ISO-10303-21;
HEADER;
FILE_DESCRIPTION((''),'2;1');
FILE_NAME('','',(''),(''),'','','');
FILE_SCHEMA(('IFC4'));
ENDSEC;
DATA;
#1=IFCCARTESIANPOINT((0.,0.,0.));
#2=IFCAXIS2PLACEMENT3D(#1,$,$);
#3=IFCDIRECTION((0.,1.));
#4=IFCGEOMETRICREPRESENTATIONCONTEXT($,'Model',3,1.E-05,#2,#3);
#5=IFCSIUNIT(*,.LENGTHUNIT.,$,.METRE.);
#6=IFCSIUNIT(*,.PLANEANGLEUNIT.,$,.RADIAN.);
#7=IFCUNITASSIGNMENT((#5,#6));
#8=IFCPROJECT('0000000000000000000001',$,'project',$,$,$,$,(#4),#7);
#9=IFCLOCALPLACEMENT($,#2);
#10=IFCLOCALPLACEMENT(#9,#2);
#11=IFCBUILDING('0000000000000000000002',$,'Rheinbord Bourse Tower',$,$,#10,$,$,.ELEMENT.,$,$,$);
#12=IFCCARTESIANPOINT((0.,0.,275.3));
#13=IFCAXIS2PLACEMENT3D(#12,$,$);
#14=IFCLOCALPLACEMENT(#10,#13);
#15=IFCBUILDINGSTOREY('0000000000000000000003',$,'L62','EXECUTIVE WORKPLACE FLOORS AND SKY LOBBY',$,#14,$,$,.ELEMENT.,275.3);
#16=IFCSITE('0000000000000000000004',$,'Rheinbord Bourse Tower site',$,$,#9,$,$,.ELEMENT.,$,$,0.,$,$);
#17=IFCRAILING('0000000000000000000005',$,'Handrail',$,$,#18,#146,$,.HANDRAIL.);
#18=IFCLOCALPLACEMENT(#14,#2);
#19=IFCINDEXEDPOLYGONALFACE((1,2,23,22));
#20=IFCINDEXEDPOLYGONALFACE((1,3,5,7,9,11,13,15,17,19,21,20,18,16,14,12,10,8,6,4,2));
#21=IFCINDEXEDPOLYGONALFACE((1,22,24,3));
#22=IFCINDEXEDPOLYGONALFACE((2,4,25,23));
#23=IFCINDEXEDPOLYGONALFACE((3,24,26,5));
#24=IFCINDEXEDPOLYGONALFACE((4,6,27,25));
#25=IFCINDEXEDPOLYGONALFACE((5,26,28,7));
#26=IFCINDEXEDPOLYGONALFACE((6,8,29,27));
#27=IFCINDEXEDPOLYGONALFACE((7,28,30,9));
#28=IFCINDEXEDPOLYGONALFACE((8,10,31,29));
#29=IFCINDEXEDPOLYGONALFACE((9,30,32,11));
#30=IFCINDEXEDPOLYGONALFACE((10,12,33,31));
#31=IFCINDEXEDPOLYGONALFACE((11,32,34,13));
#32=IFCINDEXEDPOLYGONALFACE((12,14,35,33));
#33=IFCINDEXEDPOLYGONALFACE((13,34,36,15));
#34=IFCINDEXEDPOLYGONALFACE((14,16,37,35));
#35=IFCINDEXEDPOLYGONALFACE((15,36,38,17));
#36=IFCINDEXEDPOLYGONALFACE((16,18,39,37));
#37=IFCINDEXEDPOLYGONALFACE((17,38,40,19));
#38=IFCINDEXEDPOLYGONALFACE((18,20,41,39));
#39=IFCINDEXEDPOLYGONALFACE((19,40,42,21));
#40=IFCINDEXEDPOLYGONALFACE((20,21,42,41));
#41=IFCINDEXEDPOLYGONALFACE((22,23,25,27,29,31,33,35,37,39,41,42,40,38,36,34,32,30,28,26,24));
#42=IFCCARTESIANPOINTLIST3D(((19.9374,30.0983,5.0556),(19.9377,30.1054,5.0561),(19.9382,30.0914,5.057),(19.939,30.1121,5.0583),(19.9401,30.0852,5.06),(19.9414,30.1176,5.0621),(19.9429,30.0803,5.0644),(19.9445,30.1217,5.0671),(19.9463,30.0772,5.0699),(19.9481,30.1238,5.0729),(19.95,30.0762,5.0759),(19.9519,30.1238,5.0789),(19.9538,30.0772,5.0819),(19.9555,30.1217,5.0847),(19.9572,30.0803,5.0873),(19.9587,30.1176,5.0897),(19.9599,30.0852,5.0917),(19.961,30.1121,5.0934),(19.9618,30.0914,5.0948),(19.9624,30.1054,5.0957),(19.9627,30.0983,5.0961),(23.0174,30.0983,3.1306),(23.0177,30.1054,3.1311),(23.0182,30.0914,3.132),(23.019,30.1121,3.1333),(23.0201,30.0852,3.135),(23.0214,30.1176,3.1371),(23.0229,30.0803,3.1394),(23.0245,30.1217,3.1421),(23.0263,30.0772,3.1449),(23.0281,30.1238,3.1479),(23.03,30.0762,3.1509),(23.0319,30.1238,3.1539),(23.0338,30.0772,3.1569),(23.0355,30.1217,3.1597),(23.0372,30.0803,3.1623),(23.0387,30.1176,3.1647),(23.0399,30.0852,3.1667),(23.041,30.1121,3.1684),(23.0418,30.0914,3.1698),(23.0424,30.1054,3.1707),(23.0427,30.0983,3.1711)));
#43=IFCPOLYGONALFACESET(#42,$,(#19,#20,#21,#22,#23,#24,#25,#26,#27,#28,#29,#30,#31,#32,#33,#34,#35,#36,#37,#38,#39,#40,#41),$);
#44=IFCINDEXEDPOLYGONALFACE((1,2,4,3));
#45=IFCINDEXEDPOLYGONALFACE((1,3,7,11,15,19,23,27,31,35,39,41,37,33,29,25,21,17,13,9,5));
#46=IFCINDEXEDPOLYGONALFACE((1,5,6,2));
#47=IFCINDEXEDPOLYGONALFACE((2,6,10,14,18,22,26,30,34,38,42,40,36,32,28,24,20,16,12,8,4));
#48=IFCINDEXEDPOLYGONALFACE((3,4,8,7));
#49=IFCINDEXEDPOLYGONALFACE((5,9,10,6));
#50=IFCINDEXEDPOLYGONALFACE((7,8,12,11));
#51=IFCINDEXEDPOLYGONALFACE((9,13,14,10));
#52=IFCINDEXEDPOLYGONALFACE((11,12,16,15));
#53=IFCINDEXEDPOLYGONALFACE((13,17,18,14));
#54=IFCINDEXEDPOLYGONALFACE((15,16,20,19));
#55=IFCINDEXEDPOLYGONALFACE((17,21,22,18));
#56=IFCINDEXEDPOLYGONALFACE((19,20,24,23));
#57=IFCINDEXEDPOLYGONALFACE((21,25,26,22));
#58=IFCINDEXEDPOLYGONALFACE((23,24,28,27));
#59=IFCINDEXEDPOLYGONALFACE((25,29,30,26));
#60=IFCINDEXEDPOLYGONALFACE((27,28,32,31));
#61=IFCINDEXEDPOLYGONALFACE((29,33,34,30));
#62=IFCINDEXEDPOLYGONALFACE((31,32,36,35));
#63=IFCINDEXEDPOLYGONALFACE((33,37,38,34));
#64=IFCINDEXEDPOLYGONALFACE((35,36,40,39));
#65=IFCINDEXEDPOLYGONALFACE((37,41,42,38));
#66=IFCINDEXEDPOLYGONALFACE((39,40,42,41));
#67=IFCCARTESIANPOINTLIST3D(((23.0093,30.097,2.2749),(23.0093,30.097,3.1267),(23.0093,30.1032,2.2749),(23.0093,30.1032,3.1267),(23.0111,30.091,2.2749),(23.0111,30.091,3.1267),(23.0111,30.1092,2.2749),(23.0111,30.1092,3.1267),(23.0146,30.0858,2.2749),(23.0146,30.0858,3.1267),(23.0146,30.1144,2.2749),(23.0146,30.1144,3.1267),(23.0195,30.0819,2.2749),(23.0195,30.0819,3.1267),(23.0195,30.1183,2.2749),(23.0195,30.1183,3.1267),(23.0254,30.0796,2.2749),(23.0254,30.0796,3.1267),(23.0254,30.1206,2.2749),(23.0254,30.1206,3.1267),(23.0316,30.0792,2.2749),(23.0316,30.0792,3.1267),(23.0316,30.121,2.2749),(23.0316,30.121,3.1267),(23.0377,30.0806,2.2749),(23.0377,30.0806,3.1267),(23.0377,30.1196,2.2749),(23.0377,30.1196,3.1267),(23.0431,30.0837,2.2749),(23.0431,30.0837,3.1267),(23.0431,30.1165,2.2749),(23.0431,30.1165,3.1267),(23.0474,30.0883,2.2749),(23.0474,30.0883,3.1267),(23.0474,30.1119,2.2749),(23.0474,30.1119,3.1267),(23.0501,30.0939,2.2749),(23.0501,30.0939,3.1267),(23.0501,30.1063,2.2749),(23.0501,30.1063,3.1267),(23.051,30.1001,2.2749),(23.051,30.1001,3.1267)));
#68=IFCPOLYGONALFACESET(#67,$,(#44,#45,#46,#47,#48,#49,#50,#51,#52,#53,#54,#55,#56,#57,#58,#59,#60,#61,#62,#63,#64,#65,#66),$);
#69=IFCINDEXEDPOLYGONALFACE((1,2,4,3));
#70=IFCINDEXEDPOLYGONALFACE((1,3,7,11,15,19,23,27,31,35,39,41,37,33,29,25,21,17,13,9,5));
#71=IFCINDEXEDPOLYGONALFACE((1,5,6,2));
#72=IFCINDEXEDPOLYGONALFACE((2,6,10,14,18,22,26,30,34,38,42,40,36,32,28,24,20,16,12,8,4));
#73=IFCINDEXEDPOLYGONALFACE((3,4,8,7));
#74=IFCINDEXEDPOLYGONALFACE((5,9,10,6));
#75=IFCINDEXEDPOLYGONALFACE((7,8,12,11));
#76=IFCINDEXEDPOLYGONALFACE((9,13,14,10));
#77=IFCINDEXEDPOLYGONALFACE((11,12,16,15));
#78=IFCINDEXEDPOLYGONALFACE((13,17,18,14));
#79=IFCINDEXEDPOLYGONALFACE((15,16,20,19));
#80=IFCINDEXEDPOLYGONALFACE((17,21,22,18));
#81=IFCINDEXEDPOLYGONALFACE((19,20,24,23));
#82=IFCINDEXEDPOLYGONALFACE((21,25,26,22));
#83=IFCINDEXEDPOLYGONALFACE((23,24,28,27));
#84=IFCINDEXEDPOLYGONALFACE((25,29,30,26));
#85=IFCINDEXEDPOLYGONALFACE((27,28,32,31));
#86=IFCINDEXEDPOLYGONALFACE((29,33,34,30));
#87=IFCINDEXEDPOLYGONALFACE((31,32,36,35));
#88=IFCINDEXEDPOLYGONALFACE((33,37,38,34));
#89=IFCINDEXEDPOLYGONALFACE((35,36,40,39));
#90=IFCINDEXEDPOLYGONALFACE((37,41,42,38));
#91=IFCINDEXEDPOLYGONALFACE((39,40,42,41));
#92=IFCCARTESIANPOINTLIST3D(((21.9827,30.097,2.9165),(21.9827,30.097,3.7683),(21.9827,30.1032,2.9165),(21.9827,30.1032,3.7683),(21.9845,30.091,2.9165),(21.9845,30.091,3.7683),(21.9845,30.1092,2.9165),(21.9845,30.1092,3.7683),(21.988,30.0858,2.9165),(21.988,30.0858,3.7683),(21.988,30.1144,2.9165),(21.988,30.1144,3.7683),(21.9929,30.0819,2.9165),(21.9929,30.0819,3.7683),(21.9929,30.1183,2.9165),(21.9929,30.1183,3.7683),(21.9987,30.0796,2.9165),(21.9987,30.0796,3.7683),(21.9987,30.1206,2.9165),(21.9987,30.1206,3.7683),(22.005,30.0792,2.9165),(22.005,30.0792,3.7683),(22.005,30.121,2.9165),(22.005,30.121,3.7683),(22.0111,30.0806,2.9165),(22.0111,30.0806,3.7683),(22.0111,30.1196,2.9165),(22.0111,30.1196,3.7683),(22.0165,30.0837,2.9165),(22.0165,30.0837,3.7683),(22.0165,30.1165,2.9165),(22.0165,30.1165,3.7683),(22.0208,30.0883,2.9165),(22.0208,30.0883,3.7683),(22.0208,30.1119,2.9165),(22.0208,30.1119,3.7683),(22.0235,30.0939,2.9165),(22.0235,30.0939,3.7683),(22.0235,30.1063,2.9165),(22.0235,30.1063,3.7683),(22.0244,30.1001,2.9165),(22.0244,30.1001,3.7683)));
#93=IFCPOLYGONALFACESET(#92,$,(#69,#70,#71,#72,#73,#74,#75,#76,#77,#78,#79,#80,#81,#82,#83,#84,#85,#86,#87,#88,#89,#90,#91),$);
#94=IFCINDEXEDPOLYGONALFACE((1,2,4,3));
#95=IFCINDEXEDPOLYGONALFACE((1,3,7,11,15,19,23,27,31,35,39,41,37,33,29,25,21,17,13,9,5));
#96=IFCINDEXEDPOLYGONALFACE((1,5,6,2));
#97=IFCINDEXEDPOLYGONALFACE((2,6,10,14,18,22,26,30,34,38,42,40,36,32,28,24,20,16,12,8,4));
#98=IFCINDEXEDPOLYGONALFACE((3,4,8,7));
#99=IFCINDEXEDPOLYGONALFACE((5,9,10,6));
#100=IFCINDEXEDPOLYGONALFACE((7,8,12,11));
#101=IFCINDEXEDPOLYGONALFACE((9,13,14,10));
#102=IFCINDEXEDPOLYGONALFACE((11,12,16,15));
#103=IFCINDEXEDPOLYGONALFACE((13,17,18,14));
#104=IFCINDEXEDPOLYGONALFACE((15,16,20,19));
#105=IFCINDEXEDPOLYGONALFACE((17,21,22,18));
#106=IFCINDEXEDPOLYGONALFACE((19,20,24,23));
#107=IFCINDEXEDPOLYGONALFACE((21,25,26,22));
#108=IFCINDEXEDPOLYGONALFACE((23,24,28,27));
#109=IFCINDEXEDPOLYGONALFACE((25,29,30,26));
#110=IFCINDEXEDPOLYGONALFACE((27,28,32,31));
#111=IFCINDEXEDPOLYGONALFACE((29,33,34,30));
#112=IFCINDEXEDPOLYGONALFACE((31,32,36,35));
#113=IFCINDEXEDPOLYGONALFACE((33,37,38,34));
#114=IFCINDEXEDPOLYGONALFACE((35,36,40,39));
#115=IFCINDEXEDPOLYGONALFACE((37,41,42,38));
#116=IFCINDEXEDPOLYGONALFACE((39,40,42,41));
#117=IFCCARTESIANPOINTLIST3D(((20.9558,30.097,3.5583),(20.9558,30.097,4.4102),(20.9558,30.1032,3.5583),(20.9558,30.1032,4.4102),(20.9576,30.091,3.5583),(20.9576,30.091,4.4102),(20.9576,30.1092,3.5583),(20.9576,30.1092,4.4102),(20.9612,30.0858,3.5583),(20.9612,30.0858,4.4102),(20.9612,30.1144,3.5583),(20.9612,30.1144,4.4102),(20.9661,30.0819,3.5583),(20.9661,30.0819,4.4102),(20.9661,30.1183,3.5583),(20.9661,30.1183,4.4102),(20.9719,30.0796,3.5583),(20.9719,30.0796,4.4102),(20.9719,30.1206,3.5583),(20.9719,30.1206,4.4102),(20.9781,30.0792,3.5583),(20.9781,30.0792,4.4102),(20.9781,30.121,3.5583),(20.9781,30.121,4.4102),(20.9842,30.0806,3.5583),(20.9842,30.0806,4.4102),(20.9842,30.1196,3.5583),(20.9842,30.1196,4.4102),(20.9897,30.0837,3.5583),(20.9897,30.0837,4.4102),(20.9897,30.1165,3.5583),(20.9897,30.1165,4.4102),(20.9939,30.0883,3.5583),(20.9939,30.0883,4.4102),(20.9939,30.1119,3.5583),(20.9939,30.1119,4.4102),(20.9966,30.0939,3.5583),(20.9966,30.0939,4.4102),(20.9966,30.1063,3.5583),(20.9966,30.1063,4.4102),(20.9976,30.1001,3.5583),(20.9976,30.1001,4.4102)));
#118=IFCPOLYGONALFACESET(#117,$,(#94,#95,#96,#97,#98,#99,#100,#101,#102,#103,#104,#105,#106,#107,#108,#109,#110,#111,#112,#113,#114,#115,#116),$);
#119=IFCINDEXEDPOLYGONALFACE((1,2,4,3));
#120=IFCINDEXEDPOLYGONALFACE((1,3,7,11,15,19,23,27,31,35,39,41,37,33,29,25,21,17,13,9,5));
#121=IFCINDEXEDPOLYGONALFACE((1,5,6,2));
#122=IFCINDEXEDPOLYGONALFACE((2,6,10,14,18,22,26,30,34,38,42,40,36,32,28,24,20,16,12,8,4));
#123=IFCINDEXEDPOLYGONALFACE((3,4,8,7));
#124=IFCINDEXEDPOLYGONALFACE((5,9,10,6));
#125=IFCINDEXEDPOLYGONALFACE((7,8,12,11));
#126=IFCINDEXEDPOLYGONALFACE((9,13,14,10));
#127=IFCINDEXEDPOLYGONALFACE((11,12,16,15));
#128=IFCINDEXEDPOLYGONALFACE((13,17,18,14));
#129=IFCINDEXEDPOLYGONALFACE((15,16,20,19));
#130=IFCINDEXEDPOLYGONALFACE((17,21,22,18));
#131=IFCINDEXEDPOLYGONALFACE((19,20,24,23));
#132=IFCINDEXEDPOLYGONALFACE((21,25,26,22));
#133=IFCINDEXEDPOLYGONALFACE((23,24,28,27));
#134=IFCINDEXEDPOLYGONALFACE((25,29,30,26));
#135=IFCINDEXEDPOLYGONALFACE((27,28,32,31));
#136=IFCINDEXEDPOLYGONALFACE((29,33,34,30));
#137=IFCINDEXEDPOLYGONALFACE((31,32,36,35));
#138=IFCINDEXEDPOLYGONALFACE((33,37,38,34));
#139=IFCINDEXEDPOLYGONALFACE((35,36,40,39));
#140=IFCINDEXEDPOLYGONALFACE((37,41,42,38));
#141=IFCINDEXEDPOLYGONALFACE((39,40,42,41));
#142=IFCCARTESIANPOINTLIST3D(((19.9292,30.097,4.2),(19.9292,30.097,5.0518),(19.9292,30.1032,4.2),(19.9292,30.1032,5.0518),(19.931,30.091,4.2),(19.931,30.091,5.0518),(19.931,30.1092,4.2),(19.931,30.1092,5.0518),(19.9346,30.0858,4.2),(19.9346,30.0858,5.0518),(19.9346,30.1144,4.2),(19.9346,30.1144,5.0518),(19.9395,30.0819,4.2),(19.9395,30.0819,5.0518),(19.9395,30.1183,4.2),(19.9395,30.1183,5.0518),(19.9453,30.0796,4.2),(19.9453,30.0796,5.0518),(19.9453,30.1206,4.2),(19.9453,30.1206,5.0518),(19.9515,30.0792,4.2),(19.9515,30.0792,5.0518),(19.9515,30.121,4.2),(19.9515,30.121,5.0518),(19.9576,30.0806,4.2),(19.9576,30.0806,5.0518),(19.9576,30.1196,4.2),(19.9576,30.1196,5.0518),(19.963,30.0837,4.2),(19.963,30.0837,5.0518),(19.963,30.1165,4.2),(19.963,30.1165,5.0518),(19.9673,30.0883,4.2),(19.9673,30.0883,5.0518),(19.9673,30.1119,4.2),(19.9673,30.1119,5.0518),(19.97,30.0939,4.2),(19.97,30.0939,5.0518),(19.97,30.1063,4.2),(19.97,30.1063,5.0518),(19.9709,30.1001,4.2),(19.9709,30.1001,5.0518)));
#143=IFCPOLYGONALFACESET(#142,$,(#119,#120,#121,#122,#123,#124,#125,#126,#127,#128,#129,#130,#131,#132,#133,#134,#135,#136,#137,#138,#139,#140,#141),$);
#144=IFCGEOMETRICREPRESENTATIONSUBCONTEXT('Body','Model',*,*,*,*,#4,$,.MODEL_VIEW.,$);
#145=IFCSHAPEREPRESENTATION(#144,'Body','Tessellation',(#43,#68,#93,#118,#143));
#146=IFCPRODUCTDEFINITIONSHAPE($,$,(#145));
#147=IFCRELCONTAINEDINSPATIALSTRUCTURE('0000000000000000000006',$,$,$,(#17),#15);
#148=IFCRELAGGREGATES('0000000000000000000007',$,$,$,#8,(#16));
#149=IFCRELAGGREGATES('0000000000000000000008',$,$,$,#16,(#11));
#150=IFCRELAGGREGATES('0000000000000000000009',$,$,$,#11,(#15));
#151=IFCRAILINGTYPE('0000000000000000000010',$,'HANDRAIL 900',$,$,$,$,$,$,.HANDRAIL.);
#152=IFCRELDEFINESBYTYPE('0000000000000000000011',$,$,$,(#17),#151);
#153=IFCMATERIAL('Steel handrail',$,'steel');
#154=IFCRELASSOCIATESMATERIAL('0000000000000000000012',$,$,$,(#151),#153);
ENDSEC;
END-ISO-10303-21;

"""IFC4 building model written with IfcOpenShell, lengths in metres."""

from ifc_helpers import new_model, si_unit, direction, frame, origin, origin_2d, place, context, subcontext, project, spatial, circle, extrude, material, type_object, element, save


model = new_model("IFC4")

# Units and contexts
model_context = context("Model", 3, precision=1e-05, world=origin(), true_north=direction((0.0, 1.0)))
body_context = subcontext(model_context, "Body", "Model", "MODEL_VIEW")
ifc_project = project(units=[si_unit("LENGTHUNIT", "METRE"), si_unit("PLANEANGLEUNIT", "RADIAN")], contexts=[model_context])

# Site, building, storey
site_placement = place(None, origin())
site = spatial("IfcSite", under=ifc_project, at=site_placement, Name="Rheinbord Bourse Tower site", CompositionType="ELEMENT", RefElevation=0.0)
building_placement = place(site_placement, origin())
building = spatial("IfcBuilding", under=site, at=building_placement, Name="Rheinbord Bourse Tower", CompositionType="ELEMENT")
storey_placement = place(building_placement, frame((0.0, 0.0, 275.3)))
storey = spatial("IfcBuildingStorey", under=building, at=storey_placement, Name="L62", Description="EXECUTIVE WORKPLACE FLOORS AND SKY LOBBY", CompositionType="ELEMENT", Elevation=275.3)

# Railing
ifc_material_1 = material(Name="Steel handrail", Category="steel")
railing_type = type_object("IfcRailingType", Name="HANDRAIL 900", PredefinedType="HANDRAIL", material=ifc_material_1)
railing_1_placement = place(storey_placement, frame((23.03, 30.1001, 2.2749)))
element("IfcRailing", 1, at=railing_1_placement, inside=storey, type_object=railing_type, Name="Handrail", PredefinedType="HANDRAIL", context=body_context, shape_type="SweptSolid", body=[
    extrude(circle(Radius=0.0239, at=origin_2d()), frame((0.0, 0.0, 0.876), z_axis=(-0.847998, 0.0, 0.529999), x_axis=(0.0, -1.0, 0.0)), (0.0, 0.0, 1.0), 3.6321),
    extrude(circle(Radius=0.021, at=origin_2d()), origin(), (0.0, 0.0, 1.0), 0.8518),
    extrude(circle(Radius=0.021, at=origin_2d()), frame((-1.0266, 0.0, 0.6416)), (0.0, 0.0, 1.0), 0.8518),
    extrude(circle(Radius=0.021, at=origin_2d()), frame((-2.0535, 0.0, 1.2834)), (0.0, 0.0, 1.0), 0.8518),
    extrude(circle(Radius=0.021, at=origin_2d()), frame((-3.0801, 0.0, 1.925)), (0.0, 0.0, 1.0), 0.8518),
])

save(model, "model.ifc")
